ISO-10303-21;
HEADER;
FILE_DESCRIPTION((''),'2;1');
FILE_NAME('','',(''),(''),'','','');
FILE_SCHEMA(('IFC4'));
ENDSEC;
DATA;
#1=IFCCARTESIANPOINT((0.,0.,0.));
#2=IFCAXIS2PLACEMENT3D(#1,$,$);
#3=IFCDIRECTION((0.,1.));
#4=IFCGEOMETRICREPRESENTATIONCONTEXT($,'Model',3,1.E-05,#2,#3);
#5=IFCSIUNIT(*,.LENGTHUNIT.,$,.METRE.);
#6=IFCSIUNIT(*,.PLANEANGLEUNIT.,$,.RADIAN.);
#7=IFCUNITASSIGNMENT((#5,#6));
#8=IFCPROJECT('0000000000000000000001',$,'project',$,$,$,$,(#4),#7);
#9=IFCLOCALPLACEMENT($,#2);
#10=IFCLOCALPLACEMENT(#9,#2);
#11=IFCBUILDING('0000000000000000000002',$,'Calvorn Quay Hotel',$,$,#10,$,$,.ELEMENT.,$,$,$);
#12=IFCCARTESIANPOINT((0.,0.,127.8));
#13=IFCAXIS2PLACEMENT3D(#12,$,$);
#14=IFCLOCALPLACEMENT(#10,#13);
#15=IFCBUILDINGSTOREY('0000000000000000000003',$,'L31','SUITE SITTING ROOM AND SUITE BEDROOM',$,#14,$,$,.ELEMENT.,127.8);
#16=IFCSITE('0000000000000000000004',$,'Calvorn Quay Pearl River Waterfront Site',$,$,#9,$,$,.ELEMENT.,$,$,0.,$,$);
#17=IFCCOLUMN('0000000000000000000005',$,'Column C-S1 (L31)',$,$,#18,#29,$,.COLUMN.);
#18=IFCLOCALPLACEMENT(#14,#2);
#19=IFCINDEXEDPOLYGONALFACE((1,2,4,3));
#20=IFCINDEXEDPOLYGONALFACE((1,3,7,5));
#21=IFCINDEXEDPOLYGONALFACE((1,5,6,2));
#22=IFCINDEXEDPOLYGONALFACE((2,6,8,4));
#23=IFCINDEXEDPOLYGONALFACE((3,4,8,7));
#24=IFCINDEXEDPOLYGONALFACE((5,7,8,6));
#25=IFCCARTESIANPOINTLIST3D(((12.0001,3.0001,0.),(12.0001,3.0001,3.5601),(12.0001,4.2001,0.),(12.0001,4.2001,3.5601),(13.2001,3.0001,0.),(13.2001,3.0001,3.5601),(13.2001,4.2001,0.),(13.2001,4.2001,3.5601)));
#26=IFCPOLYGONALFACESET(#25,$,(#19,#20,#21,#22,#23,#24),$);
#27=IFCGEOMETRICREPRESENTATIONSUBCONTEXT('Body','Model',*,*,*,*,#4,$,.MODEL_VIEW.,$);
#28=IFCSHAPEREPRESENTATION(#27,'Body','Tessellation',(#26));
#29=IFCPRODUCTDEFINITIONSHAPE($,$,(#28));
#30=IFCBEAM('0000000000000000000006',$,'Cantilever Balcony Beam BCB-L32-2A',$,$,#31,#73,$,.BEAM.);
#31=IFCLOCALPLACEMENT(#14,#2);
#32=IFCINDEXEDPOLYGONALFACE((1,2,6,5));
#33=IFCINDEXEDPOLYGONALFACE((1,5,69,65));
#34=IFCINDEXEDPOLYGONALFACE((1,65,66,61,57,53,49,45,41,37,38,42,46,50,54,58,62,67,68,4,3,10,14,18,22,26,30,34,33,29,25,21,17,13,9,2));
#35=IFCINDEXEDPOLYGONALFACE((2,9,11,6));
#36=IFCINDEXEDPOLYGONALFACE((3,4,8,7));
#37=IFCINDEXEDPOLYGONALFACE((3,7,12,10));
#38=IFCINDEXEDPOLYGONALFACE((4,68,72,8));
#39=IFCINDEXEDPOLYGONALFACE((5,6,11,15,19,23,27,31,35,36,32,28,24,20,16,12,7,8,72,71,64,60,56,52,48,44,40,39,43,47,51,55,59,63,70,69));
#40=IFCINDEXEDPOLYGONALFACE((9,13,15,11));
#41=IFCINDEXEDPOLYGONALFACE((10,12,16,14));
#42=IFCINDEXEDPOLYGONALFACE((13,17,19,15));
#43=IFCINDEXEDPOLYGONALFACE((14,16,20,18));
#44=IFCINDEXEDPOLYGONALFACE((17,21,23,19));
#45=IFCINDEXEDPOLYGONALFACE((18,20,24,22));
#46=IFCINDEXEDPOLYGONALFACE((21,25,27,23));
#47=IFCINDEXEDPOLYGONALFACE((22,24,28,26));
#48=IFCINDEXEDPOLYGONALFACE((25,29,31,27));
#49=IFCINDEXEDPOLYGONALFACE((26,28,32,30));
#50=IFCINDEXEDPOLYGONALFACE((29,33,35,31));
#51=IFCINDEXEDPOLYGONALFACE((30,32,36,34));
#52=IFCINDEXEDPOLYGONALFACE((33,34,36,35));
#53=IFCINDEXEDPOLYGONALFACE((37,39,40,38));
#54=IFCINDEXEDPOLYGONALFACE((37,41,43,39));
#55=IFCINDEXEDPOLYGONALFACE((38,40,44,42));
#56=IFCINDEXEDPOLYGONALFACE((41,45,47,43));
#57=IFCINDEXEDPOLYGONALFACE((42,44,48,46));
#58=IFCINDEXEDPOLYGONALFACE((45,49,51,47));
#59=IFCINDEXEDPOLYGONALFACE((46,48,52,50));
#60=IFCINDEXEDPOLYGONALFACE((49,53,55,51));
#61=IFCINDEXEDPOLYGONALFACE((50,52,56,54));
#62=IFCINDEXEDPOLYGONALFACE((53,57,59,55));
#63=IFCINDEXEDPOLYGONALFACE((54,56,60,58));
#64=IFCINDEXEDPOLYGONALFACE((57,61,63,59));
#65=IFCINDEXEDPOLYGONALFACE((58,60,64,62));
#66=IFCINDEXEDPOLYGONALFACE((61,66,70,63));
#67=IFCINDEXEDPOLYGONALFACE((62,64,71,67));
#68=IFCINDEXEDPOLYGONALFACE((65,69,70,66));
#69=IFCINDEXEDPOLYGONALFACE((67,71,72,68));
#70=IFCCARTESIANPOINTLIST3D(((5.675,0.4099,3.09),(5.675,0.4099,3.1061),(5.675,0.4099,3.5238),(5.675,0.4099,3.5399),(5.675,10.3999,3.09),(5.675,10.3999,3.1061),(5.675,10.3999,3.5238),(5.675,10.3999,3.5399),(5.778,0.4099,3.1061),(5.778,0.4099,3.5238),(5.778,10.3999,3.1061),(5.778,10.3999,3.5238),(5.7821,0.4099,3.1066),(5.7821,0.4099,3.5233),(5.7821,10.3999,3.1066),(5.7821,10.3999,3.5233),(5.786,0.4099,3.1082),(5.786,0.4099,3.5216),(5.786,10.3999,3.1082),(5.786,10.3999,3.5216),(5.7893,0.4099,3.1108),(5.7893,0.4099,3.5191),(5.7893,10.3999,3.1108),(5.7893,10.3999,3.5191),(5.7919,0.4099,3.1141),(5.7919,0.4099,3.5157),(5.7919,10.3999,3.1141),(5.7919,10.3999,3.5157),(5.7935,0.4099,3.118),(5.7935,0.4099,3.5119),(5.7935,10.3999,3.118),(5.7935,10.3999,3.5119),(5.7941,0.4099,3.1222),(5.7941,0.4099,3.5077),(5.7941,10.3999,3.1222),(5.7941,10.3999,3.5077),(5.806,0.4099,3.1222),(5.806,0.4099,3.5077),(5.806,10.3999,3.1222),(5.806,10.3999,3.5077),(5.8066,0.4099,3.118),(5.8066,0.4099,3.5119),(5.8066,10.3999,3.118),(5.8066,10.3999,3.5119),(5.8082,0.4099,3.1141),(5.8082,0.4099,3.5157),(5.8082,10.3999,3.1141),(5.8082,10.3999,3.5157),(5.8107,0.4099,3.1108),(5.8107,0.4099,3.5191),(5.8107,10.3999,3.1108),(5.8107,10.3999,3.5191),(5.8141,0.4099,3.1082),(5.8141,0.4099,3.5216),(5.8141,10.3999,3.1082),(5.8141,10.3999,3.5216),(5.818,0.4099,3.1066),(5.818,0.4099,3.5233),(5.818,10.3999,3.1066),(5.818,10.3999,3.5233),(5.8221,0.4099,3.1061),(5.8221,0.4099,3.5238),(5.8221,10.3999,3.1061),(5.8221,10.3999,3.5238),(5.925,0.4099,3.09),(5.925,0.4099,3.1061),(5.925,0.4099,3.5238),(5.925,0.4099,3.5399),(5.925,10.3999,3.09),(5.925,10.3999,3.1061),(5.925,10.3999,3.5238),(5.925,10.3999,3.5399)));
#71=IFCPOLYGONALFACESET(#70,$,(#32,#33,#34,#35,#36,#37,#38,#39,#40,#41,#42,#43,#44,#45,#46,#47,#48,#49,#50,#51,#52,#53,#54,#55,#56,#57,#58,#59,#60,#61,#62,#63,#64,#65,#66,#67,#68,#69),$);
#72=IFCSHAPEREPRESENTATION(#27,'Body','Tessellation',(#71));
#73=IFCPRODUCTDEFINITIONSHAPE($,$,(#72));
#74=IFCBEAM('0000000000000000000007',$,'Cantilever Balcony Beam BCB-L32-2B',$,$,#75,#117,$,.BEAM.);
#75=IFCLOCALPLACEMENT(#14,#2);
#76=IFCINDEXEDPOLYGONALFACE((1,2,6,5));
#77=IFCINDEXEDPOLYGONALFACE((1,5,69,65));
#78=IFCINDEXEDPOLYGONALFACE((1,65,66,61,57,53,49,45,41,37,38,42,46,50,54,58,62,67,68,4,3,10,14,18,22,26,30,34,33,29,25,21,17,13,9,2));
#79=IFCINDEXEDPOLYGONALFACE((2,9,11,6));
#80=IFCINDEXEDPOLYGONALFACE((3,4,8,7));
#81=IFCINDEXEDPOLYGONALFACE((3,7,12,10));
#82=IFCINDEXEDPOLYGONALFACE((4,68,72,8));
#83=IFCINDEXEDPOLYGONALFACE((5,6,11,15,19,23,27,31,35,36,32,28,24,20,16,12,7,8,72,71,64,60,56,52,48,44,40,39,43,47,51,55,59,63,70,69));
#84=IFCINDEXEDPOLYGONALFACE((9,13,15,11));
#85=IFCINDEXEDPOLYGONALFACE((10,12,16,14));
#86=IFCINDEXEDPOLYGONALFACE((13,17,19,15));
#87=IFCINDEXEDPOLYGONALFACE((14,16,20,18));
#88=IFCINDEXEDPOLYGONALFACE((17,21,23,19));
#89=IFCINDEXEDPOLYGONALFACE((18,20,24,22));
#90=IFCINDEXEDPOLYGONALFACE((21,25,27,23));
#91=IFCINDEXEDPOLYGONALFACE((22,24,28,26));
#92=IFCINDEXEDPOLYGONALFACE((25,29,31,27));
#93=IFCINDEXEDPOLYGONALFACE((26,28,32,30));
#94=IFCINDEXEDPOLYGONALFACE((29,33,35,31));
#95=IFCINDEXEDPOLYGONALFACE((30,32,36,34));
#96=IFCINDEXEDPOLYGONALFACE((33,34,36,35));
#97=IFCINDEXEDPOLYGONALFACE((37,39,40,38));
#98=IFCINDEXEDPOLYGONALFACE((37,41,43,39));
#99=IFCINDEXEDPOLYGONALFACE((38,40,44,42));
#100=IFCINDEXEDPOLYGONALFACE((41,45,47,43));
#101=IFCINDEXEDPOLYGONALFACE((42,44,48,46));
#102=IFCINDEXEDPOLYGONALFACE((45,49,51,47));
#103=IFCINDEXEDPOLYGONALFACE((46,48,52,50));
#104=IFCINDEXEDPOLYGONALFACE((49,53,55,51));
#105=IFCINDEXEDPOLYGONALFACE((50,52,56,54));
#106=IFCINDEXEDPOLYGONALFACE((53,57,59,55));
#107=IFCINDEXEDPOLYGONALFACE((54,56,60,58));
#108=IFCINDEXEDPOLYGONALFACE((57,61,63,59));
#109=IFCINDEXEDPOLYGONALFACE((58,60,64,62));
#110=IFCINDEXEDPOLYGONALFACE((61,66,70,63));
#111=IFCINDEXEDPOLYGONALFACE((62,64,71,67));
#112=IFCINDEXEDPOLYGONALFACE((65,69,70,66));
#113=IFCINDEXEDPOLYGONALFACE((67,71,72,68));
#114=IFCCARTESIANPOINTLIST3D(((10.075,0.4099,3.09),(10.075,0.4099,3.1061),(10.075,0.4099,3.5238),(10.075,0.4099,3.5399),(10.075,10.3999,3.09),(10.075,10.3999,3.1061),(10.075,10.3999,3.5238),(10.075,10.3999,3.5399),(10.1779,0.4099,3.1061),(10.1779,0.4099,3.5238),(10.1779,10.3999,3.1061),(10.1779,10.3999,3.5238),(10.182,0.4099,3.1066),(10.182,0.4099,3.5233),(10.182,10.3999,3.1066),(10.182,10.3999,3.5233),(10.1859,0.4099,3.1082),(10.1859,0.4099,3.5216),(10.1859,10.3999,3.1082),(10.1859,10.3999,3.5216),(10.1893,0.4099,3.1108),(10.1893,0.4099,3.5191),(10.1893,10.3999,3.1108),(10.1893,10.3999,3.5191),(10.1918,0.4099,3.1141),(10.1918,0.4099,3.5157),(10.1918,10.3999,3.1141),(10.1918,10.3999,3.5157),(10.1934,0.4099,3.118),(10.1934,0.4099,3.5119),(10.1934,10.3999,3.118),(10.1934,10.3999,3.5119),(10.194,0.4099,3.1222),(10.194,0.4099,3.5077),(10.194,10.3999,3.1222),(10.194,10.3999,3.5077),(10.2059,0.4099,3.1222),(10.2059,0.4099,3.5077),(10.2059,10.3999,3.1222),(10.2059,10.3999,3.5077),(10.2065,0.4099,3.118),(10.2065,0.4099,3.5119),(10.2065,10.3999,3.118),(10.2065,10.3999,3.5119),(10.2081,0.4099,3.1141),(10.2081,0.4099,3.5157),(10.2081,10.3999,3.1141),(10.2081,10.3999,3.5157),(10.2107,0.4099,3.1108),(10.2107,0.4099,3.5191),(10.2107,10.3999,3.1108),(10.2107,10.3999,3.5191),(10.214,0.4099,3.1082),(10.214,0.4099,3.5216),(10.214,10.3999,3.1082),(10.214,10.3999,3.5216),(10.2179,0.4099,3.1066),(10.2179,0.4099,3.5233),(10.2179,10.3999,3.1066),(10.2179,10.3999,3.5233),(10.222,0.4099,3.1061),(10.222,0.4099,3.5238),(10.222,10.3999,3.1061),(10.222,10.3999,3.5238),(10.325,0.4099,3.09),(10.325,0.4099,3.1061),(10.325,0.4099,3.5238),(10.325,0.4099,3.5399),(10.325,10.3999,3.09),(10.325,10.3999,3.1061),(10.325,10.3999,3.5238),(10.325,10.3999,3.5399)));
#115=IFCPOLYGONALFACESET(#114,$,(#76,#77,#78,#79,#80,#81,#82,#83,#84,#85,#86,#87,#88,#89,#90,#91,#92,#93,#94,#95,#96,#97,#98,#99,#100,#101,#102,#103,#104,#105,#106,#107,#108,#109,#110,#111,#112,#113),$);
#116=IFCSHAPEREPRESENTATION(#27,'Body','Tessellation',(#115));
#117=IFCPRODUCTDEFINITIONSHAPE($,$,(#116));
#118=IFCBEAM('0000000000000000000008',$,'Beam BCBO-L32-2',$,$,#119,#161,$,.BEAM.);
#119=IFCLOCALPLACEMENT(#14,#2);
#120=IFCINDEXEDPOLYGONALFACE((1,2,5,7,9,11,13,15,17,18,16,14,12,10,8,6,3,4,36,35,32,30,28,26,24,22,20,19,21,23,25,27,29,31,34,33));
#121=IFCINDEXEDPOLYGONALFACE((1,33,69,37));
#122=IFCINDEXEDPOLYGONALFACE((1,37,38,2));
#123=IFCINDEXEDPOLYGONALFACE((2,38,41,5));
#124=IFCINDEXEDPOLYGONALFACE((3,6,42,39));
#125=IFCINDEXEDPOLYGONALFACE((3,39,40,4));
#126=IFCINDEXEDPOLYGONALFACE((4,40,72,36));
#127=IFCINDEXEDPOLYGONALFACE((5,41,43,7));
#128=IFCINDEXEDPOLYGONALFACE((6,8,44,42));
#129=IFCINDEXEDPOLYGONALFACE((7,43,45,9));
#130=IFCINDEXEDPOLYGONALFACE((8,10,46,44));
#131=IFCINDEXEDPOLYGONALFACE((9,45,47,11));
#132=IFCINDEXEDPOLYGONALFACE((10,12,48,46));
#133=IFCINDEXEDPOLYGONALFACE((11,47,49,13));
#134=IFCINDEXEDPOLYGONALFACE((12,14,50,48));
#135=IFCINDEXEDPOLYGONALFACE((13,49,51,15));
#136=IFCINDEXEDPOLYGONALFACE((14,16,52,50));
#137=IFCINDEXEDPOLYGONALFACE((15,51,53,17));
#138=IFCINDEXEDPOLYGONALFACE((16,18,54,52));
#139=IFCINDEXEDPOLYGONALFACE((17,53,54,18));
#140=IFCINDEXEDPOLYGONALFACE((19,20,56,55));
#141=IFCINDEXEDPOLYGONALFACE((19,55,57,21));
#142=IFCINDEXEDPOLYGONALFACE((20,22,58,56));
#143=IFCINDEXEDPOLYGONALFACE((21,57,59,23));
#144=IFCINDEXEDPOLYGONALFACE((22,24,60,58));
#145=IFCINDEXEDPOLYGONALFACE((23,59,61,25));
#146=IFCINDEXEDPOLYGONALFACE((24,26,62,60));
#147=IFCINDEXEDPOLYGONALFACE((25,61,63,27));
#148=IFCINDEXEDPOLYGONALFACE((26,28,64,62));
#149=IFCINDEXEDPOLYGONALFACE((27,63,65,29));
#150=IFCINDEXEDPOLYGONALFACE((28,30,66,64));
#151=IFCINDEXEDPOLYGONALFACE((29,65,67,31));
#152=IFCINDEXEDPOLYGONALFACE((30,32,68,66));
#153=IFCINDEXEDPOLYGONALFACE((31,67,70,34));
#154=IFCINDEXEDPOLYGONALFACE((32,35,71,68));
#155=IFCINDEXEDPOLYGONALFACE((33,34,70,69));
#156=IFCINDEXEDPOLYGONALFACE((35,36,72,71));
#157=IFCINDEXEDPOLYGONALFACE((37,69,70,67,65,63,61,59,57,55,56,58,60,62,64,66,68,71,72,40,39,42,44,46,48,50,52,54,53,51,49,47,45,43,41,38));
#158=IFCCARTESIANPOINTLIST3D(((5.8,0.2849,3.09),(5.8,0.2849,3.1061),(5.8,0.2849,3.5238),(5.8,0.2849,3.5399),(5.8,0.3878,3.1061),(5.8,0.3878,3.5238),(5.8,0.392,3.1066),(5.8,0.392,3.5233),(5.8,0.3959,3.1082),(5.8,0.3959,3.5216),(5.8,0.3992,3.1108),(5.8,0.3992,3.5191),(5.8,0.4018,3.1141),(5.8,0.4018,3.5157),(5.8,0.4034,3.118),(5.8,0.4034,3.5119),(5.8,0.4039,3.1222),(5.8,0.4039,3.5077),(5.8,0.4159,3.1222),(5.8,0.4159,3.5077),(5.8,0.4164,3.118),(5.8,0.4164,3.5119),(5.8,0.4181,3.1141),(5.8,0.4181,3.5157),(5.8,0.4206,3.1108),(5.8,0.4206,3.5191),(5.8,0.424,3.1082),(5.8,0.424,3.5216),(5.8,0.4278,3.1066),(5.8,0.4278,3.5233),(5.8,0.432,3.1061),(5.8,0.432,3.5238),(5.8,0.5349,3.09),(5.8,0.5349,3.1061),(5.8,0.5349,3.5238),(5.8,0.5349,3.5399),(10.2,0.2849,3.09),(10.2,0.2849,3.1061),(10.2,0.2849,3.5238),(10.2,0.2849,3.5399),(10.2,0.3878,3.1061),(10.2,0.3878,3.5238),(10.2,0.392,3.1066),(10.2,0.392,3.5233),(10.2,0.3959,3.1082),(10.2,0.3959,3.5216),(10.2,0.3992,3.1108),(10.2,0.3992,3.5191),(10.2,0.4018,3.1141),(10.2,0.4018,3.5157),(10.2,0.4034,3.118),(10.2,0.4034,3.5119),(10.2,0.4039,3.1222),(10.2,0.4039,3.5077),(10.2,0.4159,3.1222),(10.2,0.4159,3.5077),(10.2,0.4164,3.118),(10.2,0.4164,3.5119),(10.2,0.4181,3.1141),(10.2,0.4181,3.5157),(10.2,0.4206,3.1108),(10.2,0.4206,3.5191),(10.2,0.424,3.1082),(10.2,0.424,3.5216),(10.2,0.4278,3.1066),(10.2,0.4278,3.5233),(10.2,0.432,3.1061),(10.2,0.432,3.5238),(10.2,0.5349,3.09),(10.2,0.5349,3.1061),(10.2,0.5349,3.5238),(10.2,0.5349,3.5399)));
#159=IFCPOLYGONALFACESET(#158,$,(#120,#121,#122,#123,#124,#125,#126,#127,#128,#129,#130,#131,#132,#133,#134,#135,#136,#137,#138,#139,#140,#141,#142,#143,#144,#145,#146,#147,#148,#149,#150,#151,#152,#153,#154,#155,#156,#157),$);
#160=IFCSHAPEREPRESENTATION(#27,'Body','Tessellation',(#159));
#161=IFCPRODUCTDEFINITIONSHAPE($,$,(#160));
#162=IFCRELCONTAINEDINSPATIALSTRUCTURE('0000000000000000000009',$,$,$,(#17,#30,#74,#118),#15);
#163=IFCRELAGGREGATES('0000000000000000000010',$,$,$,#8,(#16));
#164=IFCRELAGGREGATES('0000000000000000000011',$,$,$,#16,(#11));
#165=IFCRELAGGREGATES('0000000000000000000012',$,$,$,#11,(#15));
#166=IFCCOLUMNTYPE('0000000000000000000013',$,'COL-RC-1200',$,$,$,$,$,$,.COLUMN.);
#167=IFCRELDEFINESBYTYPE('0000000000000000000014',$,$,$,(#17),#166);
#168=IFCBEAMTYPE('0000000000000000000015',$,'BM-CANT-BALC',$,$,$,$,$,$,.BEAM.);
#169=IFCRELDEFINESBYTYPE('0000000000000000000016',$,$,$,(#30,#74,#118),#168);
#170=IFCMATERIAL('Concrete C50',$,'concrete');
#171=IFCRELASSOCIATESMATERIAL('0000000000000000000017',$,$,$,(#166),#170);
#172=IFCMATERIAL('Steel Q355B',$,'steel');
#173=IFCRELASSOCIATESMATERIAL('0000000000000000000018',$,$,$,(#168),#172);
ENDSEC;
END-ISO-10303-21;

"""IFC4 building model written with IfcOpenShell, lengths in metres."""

from ifc_helpers import new_model, si_unit, direction, frame, origin, origin_2d, place, context, subcontext, project, spatial, rectangle, i_section, extrude, material, material_profile, profile_set, type_object, element, save


model = new_model("IFC4")

# Units and contexts
model_context = context("Model", 3, precision=1e-05, world=origin(), true_north=direction((0.0, 1.0)))
body_context = subcontext(model_context, "Body", "Model", "MODEL_VIEW")
ifc_project = project(units=[si_unit("LENGTHUNIT", "METRE"), si_unit("PLANEANGLEUNIT", "RADIAN")], contexts=[model_context])

# Site, building, storey
site_placement = place(None, origin())
site = spatial("IfcSite", under=ifc_project, at=site_placement, Name="Calvorn Quay Pearl River Waterfront Site", CompositionType="ELEMENT", RefElevation=0.0)
building_placement = place(site_placement, origin())
building = spatial("IfcBuilding", under=site, at=building_placement, Name="Calvorn Quay Hotel", CompositionType="ELEMENT")
storey_placement = place(building_placement, frame((0.0, 0.0, 127.8)))
storey = spatial("IfcBuildingStorey", under=building, at=storey_placement, Name="L31", Description="SUITE SITTING ROOM AND SUITE BEDROOM", CompositionType="ELEMENT", Elevation=127.8)

# Column
ifc_material_1 = material(Name="Concrete C50", Category="concrete")
ifc_material_profile_1 = material_profile(ifc_material_1, rectangle(XDim=1.2, YDim=1.2, at=origin_2d()), Name="RC1200x1200")
ifc_profile_set_1 = profile_set([ifc_material_profile_1], Name="Concrete C50")
column_type = type_object("IfcColumnType", Name="COL-RC-1200", PredefinedType="COLUMN", material=ifc_profile_set_1)
column_placement = place(storey_placement, frame((12.6001, 3.6001, 0.0), z_axis=(0.0, 0.0, 1.0), x_axis=(1.0, 0.0, 0.0)))
element("IfcColumn", 1, at=column_placement, inside=storey, type_object=column_type, Name="Column C-S1 (L31)", PredefinedType="COLUMN", context=body_context, shape_type="SweptSolid", body=[
    extrude(rectangle(XDim=1.2, YDim=1.2, at=origin_2d()), origin(), (0.0, 0.0, 1.0), 3.5601),
])

# Beams
ifc_material_2 = material(Name="Steel Q355B", Category="steel")
ifc_material_profile_2 = material_profile(ifc_material_2, i_section(OverallWidth=0.25, OverallDepth=0.45, WebThickness=0.012, FlangeThickness=0.0161, FilletRadius=0.0161, at=origin_2d()), Name="HN450x250x12x16")
ifc_profile_set_2 = profile_set([ifc_material_profile_2], Name="Steel Q355B")
beam_type_1 = type_object("IfcBeamType", Name="BM-CANT-BALC", PredefinedType="BEAM", material=ifc_profile_set_2)
for number, where, z_axis, x_axis, name in (
    (2, (5.8, 10.3999, 3.3149), (0.0, -1.0, 0.0), (1.0, 0.0, 0.0), "Cantilever Balcony Beam BCB-L32-2A"),
    (3, (10.2, 10.3999, 3.3149), (0.0, -1.0, 0.0), (1.0, 0.0, 0.0), "Cantilever Balcony Beam BCB-L32-2B"),
):
    element("IfcBeam", number, at=place(storey_placement, frame(where, z_axis=z_axis, x_axis=x_axis)), inside=storey, type_object=beam_type_1, Name=name, PredefinedType="BEAM", context=body_context, shape_type="SweptSolid", body=[
        extrude(i_section(OverallWidth=0.25, OverallDepth=0.45, WebThickness=0.012, FlangeThickness=0.0161, FilletRadius=0.0161, at=origin_2d()), origin(), (0.0, 0.0, 1.0), 9.99),
    ])
beam_1_placement = place(storey_placement, frame((5.8, 0.4099, 3.3149), z_axis=(1.0, 0.0, 0.0), x_axis=(0.0, 1.0, 0.0)))
element("IfcBeam", 4, at=beam_1_placement, inside=storey, type_object=beam_type_1, Name="Beam BCBO-L32-2", PredefinedType="BEAM", context=body_context, shape_type="SweptSolid", body=[
    extrude(i_section(OverallWidth=0.25, OverallDepth=0.45, WebThickness=0.012, FlangeThickness=0.0161, FilletRadius=0.0161, at=origin_2d()), origin(), (0.0, 0.0, 1.0), 4.3999),
])

save(model, "model.ifc")
